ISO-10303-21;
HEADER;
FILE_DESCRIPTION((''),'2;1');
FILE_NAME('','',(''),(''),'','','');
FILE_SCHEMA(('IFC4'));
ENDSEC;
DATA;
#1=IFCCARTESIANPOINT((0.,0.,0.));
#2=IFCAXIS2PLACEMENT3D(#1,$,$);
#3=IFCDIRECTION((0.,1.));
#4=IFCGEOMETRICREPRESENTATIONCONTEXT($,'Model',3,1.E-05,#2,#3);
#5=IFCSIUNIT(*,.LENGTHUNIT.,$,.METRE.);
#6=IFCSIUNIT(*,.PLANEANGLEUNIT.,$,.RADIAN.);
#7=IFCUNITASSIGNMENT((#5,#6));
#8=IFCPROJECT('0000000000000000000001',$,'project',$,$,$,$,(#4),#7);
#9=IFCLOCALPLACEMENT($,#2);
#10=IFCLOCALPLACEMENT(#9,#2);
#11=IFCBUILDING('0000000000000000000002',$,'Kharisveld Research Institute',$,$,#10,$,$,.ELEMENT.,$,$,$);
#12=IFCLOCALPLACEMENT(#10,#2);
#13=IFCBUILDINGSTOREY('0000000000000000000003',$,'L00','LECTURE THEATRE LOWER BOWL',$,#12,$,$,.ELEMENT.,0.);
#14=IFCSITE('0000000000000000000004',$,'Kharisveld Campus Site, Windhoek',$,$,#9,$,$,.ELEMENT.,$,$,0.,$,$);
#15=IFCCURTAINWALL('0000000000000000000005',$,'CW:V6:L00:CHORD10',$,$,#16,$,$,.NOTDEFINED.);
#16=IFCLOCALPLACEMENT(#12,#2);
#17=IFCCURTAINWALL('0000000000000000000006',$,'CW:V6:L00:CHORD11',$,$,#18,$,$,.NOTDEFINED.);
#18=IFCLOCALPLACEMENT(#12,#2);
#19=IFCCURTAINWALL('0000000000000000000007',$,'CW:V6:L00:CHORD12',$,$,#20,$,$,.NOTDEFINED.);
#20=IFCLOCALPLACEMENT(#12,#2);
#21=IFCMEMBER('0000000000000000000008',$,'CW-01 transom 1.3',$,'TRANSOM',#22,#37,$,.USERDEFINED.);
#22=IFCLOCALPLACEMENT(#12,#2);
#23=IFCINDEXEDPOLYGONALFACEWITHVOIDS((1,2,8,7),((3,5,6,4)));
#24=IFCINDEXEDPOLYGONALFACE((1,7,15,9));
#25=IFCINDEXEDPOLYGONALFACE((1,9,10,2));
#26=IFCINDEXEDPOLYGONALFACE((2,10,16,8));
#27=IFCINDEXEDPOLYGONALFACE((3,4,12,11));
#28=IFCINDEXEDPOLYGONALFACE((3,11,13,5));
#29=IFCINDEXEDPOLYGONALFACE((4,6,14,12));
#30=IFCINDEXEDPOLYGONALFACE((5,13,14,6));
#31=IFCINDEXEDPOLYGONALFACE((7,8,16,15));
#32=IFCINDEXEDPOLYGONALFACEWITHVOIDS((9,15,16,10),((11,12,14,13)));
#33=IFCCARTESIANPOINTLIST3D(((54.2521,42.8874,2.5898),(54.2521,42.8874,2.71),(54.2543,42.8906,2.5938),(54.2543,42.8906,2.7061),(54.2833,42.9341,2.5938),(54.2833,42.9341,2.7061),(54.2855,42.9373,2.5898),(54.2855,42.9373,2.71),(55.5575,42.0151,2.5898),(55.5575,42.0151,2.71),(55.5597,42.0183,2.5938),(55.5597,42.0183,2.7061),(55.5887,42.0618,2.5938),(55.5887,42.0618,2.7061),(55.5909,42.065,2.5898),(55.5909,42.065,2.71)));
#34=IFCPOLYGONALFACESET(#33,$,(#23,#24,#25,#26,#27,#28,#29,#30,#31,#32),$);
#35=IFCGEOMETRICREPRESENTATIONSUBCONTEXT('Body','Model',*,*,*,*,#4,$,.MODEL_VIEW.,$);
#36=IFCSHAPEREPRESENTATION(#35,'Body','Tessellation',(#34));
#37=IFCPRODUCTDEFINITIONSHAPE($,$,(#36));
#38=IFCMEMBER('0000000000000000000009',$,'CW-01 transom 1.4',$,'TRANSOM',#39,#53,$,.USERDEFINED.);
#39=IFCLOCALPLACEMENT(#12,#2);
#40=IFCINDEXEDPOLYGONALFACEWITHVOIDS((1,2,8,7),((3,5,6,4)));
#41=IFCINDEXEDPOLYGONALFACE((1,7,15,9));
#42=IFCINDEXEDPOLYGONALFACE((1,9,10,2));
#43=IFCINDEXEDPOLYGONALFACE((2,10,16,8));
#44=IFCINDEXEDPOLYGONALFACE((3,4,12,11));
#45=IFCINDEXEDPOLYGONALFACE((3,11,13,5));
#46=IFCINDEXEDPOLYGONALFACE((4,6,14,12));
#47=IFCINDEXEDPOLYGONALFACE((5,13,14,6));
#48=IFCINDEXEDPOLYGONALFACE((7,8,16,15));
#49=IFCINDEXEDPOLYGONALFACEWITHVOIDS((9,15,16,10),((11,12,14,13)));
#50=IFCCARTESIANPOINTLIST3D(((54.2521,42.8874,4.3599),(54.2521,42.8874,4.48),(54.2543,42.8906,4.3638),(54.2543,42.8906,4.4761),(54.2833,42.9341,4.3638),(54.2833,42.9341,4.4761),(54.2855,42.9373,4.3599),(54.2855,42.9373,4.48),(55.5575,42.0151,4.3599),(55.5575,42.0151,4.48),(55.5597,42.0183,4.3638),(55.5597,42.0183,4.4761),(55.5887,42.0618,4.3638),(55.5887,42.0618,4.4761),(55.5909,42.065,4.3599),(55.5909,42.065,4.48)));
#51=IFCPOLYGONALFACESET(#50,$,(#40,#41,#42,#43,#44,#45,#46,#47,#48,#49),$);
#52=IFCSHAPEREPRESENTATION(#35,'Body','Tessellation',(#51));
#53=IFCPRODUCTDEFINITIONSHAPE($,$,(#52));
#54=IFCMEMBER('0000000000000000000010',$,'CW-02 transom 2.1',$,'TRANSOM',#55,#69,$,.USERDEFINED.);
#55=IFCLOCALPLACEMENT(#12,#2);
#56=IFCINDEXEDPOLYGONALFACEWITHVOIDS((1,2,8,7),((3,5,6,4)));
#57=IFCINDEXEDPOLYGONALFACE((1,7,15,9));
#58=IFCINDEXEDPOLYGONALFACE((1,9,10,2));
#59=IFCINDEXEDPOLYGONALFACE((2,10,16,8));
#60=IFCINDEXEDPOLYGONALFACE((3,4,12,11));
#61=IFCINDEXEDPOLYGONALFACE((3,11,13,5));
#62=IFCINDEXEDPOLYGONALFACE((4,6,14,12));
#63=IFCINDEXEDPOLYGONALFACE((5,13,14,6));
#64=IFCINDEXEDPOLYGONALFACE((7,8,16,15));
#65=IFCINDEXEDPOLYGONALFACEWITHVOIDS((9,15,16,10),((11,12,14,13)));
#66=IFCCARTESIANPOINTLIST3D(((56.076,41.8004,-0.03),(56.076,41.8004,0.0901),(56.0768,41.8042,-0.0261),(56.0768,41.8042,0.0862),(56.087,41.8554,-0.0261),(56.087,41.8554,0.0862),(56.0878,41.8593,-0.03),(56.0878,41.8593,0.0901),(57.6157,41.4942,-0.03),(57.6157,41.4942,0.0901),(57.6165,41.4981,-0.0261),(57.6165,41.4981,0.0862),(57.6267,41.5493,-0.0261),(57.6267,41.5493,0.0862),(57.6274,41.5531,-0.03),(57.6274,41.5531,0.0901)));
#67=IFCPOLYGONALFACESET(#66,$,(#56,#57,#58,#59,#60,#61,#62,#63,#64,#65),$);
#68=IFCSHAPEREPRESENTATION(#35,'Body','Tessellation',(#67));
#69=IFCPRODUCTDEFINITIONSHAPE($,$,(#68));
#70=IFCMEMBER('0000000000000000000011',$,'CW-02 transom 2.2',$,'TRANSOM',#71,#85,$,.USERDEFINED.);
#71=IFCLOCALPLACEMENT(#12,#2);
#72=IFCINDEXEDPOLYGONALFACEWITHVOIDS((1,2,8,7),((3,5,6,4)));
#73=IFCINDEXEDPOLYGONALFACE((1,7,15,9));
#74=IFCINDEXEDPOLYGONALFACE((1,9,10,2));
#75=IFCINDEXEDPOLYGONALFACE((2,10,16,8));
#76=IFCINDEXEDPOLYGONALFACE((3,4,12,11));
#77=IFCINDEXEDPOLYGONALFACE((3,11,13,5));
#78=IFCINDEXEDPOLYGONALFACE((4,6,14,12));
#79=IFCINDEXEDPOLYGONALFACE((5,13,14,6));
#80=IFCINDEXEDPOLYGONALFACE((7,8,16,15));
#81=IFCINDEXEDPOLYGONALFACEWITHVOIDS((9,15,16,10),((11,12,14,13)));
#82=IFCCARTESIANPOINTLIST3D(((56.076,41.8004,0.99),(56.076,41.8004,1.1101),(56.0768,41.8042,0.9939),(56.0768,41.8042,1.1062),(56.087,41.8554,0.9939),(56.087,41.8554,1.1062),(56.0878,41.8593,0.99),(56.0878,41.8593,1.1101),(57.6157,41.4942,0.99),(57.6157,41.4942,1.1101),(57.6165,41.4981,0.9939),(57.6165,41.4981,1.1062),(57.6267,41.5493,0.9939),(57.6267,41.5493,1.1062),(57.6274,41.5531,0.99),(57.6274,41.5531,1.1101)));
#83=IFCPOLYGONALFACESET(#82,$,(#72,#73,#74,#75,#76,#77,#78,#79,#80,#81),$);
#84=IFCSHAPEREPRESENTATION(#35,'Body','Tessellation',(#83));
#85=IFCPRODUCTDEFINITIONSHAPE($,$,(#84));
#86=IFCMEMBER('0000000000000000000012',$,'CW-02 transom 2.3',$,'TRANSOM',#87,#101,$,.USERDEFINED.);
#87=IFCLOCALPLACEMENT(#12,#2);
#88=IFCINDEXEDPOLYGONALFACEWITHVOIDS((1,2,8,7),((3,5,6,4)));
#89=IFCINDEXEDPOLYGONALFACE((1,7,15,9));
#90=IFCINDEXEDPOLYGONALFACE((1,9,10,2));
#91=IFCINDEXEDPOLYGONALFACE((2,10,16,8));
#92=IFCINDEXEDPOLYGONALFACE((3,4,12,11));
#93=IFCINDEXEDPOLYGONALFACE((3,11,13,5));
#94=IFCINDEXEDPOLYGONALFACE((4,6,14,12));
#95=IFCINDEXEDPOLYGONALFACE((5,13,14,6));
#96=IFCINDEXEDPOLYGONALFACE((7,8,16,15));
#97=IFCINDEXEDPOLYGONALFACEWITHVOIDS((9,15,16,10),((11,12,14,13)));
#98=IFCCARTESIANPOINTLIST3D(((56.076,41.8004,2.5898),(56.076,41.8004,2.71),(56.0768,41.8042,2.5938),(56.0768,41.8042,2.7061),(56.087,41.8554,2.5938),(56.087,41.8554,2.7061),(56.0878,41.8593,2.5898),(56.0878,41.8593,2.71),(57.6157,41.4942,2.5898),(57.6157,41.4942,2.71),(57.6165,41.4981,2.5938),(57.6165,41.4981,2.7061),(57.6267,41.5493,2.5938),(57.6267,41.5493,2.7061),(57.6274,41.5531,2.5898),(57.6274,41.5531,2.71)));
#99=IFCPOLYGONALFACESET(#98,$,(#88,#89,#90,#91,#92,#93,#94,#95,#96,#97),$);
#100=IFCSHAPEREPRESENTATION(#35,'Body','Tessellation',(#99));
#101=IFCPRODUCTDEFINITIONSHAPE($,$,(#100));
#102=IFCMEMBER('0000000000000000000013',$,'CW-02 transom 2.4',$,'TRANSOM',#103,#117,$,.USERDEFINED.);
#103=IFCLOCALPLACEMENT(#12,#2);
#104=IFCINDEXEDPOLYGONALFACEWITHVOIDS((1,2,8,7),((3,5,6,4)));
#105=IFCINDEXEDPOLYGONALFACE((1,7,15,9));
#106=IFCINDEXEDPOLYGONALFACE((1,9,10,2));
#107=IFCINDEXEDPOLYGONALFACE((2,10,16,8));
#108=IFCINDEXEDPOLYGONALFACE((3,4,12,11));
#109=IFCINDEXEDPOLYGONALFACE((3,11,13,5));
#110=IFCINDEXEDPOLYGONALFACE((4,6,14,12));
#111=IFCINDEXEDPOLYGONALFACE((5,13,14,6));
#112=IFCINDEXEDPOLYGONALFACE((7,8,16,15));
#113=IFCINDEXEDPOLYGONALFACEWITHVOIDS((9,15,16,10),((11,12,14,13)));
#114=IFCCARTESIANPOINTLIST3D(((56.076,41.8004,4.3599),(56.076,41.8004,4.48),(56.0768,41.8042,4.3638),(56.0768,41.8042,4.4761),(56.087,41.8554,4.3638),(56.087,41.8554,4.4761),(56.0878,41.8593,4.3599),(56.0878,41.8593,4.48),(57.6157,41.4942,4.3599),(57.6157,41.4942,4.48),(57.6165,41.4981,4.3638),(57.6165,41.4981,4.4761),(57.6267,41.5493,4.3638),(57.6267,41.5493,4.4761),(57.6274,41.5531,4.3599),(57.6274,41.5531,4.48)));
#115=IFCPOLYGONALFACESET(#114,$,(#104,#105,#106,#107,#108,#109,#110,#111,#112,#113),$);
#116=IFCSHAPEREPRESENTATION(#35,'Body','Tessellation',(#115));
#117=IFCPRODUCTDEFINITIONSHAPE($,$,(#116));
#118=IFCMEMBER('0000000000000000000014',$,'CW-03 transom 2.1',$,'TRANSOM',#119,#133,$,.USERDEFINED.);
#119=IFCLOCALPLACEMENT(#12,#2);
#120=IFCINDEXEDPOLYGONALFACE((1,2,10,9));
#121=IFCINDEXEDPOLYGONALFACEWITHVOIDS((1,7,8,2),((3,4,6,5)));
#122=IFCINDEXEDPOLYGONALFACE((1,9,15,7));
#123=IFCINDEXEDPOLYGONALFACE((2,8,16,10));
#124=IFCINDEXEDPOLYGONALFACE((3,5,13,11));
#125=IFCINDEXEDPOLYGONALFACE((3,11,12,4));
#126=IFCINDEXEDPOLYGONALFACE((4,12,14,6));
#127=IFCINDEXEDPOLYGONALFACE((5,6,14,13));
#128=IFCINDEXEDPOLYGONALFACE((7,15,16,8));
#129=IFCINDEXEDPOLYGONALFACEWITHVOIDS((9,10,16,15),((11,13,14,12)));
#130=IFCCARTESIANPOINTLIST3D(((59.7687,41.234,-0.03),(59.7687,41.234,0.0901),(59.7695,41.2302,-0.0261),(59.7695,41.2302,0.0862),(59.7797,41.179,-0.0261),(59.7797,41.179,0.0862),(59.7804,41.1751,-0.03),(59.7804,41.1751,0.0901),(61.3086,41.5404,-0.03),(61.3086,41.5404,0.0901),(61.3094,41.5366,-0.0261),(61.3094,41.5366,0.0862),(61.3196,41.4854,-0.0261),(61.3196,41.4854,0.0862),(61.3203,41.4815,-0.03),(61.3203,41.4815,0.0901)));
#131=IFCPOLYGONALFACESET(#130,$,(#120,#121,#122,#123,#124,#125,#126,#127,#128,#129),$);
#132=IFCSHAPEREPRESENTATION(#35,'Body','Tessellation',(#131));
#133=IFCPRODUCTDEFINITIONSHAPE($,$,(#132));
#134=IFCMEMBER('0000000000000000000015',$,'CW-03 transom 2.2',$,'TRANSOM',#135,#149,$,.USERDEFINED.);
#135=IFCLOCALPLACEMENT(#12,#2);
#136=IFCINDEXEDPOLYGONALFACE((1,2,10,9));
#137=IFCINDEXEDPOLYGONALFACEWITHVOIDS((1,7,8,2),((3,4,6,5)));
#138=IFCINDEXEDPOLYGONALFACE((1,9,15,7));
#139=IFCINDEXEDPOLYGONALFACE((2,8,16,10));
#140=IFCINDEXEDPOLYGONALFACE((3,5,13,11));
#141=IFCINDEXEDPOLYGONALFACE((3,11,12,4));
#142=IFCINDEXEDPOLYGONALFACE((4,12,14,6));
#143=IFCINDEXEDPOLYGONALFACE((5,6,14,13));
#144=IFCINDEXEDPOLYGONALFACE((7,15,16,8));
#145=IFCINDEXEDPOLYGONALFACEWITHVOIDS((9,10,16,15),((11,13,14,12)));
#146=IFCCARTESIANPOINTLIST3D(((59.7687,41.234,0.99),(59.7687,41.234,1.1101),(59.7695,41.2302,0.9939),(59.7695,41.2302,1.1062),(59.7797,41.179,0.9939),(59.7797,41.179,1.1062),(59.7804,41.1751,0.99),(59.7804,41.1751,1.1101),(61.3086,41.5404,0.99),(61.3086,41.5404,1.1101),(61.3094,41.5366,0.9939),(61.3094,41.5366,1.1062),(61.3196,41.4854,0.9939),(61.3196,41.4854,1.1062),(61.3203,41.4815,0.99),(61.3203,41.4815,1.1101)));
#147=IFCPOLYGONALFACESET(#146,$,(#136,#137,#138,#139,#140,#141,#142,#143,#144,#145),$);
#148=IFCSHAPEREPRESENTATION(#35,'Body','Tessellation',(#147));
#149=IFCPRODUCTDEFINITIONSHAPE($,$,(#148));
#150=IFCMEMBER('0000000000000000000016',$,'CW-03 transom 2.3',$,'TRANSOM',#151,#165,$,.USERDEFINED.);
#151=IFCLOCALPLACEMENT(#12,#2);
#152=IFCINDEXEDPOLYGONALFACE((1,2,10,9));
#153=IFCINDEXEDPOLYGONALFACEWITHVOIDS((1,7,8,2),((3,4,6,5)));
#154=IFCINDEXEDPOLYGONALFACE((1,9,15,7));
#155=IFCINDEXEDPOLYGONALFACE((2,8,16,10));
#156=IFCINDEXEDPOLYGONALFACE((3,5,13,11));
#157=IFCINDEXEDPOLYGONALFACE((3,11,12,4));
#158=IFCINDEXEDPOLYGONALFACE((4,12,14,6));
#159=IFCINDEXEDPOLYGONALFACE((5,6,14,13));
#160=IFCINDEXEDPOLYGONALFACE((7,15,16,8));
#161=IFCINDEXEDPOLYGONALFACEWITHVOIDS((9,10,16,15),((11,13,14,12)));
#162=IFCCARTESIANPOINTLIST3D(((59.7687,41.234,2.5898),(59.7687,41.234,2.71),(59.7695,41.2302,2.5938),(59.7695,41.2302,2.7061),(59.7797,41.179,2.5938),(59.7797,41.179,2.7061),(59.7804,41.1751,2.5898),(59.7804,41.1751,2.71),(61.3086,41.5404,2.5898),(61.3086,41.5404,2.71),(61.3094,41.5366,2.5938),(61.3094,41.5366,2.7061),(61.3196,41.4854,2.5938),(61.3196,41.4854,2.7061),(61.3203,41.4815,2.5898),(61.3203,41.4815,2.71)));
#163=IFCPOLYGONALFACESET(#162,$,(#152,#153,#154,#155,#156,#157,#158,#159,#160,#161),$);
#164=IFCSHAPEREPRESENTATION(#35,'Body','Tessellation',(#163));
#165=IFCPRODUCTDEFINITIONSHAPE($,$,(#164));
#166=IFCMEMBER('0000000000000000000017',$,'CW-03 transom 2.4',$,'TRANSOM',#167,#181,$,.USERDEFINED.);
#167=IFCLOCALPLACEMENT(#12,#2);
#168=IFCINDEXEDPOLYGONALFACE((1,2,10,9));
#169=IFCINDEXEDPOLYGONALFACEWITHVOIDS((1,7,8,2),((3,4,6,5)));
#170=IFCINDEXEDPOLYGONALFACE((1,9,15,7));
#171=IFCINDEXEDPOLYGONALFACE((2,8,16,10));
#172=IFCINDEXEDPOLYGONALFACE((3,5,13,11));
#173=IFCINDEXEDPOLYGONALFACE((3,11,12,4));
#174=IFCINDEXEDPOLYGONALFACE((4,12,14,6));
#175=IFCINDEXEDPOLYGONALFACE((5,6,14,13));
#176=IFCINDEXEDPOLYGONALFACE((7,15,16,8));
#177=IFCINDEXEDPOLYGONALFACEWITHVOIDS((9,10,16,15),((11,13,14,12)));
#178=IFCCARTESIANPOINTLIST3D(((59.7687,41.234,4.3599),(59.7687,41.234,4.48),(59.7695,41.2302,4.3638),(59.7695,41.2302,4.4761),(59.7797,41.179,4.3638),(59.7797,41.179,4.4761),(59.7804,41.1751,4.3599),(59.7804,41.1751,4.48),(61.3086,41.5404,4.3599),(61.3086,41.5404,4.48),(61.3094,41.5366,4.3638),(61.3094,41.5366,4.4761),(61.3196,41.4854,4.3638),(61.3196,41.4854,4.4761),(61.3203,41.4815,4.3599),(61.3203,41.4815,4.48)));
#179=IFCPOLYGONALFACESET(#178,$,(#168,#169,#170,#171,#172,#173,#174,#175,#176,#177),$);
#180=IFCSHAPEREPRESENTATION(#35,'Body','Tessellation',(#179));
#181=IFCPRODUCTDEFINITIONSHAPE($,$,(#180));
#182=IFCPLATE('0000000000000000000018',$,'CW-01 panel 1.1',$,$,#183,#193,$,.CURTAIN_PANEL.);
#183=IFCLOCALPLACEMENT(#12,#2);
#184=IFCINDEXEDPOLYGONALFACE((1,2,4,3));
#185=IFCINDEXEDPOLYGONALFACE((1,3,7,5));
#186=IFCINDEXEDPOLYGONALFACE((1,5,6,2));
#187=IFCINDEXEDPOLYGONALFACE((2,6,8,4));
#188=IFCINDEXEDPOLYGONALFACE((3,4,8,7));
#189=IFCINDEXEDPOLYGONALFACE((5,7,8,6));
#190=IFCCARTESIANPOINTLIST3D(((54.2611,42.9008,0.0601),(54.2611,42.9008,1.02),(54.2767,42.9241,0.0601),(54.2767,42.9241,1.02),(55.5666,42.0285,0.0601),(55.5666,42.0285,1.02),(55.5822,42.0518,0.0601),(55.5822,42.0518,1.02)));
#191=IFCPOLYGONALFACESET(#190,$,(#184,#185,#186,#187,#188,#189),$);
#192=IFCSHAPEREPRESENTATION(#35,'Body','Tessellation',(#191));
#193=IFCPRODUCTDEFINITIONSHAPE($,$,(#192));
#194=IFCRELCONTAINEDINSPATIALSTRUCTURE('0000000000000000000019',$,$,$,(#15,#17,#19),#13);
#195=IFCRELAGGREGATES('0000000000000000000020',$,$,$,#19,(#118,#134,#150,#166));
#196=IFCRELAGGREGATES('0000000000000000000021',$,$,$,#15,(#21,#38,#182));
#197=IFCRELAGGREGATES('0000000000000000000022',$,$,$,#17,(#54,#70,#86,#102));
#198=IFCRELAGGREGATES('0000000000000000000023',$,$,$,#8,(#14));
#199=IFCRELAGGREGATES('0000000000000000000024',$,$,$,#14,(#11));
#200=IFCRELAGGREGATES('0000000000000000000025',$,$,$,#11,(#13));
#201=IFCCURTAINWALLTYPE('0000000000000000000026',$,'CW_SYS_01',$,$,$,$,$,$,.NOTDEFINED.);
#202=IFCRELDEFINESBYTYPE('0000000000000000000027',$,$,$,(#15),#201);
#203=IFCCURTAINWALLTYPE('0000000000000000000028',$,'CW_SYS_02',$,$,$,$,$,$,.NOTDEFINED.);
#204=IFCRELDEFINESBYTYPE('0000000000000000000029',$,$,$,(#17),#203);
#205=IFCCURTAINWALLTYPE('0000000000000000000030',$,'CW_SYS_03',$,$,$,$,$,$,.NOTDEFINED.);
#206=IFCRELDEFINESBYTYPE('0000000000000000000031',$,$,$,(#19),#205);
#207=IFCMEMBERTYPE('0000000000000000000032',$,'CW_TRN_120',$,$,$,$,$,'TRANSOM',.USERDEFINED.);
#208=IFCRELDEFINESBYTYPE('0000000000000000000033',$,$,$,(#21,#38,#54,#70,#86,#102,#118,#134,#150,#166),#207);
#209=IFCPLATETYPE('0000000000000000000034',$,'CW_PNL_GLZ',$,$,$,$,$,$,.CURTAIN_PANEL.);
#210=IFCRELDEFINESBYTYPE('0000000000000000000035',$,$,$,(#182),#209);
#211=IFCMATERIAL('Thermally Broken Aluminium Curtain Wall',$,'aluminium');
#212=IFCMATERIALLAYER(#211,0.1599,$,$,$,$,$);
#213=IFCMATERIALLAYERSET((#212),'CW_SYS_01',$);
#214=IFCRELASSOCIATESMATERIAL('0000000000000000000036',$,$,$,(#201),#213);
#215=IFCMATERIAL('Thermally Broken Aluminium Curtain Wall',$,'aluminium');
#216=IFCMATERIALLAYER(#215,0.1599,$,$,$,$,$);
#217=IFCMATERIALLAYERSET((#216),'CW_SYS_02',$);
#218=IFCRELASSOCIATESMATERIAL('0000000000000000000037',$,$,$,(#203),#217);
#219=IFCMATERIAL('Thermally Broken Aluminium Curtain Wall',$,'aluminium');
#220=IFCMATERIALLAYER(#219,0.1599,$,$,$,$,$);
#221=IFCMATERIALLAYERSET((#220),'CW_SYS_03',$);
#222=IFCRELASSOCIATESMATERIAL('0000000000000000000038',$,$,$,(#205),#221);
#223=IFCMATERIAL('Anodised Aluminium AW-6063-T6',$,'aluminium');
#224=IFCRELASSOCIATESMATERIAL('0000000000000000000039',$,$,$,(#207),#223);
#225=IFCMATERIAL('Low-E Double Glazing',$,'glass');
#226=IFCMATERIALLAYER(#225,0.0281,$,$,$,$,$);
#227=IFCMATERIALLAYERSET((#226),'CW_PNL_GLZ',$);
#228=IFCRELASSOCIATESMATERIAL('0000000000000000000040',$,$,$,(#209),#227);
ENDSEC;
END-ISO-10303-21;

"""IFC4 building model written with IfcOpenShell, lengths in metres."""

from ifc_helpers import new_model, si_unit, direction, frame, origin, origin_2d, place, context, subcontext, project, spatial, rectangle, hollow_rectangle, extrude, material, layer, layer_set, material_profile, profile_set, type_object, element, aggregate, save


model = new_model("IFC4")

# Units and contexts
model_context = context("Model", 3, precision=1e-05, world=origin(), true_north=direction((0.0, 1.0)))
body_context = subcontext(model_context, "Body", "Model", "MODEL_VIEW")
ifc_project = project(units=[si_unit("LENGTHUNIT", "METRE"), si_unit("PLANEANGLEUNIT", "RADIAN")], contexts=[model_context])

# Site, building, storey
site_placement = place(None, origin())
site = spatial("IfcSite", under=ifc_project, at=site_placement, Name="Kharisveld Campus Site, Windhoek", CompositionType="ELEMENT", RefElevation=0.0)
building_placement = place(site_placement, origin())
building = spatial("IfcBuilding", under=site, at=building_placement, Name="Kharisveld Research Institute", CompositionType="ELEMENT")
storey_placement = place(building_placement, origin())
storey = spatial("IfcBuildingStorey", under=building, at=storey_placement, Name="L00", Description="LECTURE THEATRE LOWER BOWL", CompositionType="ELEMENT", Elevation=0.0)

# Curtain wall
ifc_material_1 = material(Name="Thermally Broken Aluminium Curtain Wall", Category="aluminium")
ifc_layer_1 = layer(ifc_material_1, 0.1599)
ifc_layer_set_1 = layer_set([ifc_layer_1], Name="CW_SYS_01")
curtain_wall_type_1 = type_object("IfcCurtainWallType", Name="CW_SYS_01", PredefinedType="NOTDEFINED", material=ifc_layer_set_1)
curtain_wall_1_placement = place(storey_placement, origin())
curtain_wall_1 = element("IfcCurtainWall", 1, at=curtain_wall_1_placement, inside=storey, type_object=curtain_wall_type_1, Name="CW:V6:L00:CHORD10", PredefinedType="NOTDEFINED")

# Curtain wall
ifc_material_2 = material(Name="Thermally Broken Aluminium Curtain Wall", Category="aluminium")
ifc_layer_2 = layer(ifc_material_2, 0.1599)
ifc_layer_set_2 = layer_set([ifc_layer_2], Name="CW_SYS_02")
curtain_wall_type_2 = type_object("IfcCurtainWallType", Name="CW_SYS_02", PredefinedType="NOTDEFINED", material=ifc_layer_set_2)
curtain_wall_2_placement = place(storey_placement, origin())
curtain_wall_2 = element("IfcCurtainWall", 2, at=curtain_wall_2_placement, inside=storey, type_object=curtain_wall_type_2, Name="CW:V6:L00:CHORD11", PredefinedType="NOTDEFINED")

# Curtain wall
ifc_material_3 = material(Name="Thermally Broken Aluminium Curtain Wall", Category="aluminium")
ifc_layer_3 = layer(ifc_material_3, 0.1599)
ifc_layer_set_3 = layer_set([ifc_layer_3], Name="CW_SYS_03")
curtain_wall_type_3 = type_object("IfcCurtainWallType", Name="CW_SYS_03", PredefinedType="NOTDEFINED", material=ifc_layer_set_3)
curtain_wall_3_placement = place(storey_placement, origin())
curtain_wall_3 = element("IfcCurtainWall", 3, at=curtain_wall_3_placement, inside=storey, type_object=curtain_wall_type_3, Name="CW:V6:L00:CHORD12", PredefinedType="NOTDEFINED")

# Members
ifc_material_4 = material(Name="Anodised Aluminium AW-6063-T6", Category="aluminium")
ifc_material_profile_1 = material_profile(ifc_material_4, hollow_rectangle(XDim=0.0601, YDim=0.1201, WallThickness=0.0039, at=origin_2d()))
ifc_profile_set_1 = profile_set([ifc_material_profile_1], Name="Anodised Aluminium AW-6063-T6")
member_type_1 = type_object("IfcMemberType", Name="CW_TRN_120", ElementType="TRANSOM", PredefinedType="USERDEFINED", material=ifc_profile_set_1)
member_1_placement = place(storey_placement, frame((55.5742, 42.04, 2.6499), z_axis=(-0.831452, 0.555597, 0.0), x_axis=(-0.555597, -0.831452, 0.0)))
member_1 = element("IfcMember", 4, at=member_1_placement, type_object=member_type_1, Name="CW-01 transom 1.3", ObjectType="TRANSOM", PredefinedType="USERDEFINED", context=body_context, shape_type="SweptSolid", body=[
    extrude(hollow_rectangle(XDim=0.0601, YDim=0.1201, WallThickness=0.0039, at=origin_2d()), origin(), (0.0, 0.0, 1.0), 1.5701),
])
member_2_placement = place(storey_placement, frame((55.5742, 42.04, 4.4199), z_axis=(-0.831452, 0.555597, 0.0), x_axis=(-0.555597, -0.831452, 0.0)))
member_2 = element("IfcMember", 5, at=member_2_placement, type_object=member_type_1, Name="CW-01 transom 1.4", ObjectType="TRANSOM", PredefinedType="USERDEFINED", context=body_context, shape_type="SweptSolid", body=[
    extrude(hollow_rectangle(XDim=0.0601, YDim=0.1201, WallThickness=0.0039, at=origin_2d()), origin(), (0.0, 0.0, 1.0), 1.5701),
])
member_3_placement = place(storey_placement, frame((57.6216, 41.5237, 0.03), z_axis=(-0.980801, 0.195009, 0.0), x_axis=(-0.195009, -0.980801, 0.0)))
member_3 = element("IfcMember", 6, at=member_3_placement, type_object=member_type_1, Name="CW-02 transom 2.1", ObjectType="TRANSOM", PredefinedType="USERDEFINED", context=body_context, shape_type="SweptSolid", body=[
    extrude(hollow_rectangle(XDim=0.0601, YDim=0.1201, WallThickness=0.0039, at=origin_2d()), origin(), (0.0, 0.0, 1.0), 1.5698),
])
member_4_placement = place(storey_placement, frame((57.6216, 41.5237, 1.05), z_axis=(-0.980801, 0.195009, 0.0), x_axis=(-0.195009, -0.980801, 0.0)))
member_4 = element("IfcMember", 7, at=member_4_placement, type_object=member_type_1, Name="CW-02 transom 2.2", ObjectType="TRANSOM", PredefinedType="USERDEFINED", context=body_context, shape_type="SweptSolid", body=[
    extrude(hollow_rectangle(XDim=0.0601, YDim=0.1201, WallThickness=0.0039, at=origin_2d()), origin(), (0.0, 0.0, 1.0), 1.5698),
])
member_5_placement = place(storey_placement, frame((57.6216, 41.5237, 2.6499), z_axis=(-0.980801, 0.195009, 0.0), x_axis=(-0.195009, -0.980801, 0.0)))
member_5 = element("IfcMember", 8, at=member_5_placement, type_object=member_type_1, Name="CW-02 transom 2.3", ObjectType="TRANSOM", PredefinedType="USERDEFINED", context=body_context, shape_type="SweptSolid", body=[
    extrude(hollow_rectangle(XDim=0.0601, YDim=0.1201, WallThickness=0.0039, at=origin_2d()), origin(), (0.0, 0.0, 1.0), 1.5698),
])
member_6_placement = place(storey_placement, frame((57.6216, 41.5237, 4.4199), z_axis=(-0.980801, 0.195009, 0.0), x_axis=(-0.195009, -0.980801, 0.0)))
member_6 = element("IfcMember", 9, at=member_6_placement, type_object=member_type_1, Name="CW-02 transom 2.4", ObjectType="TRANSOM", PredefinedType="USERDEFINED", context=body_context, shape_type="SweptSolid", body=[
    extrude(hollow_rectangle(XDim=0.0601, YDim=0.1201, WallThickness=0.0039, at=origin_2d()), origin(), (0.0, 0.0, 1.0), 1.5698),
])
member_7_placement = place(storey_placement, frame((61.3145, 41.511, 0.03), z_axis=(-0.980772, -0.195159, 0.0), x_axis=(0.195159, -0.980772, 0.0)))
member_7 = element("IfcMember", 10, at=member_7_placement, type_object=member_type_1, Name="CW-03 transom 2.1", ObjectType="TRANSOM", PredefinedType="USERDEFINED", context=body_context, shape_type="SweptSolid", body=[
    extrude(hollow_rectangle(XDim=0.0601, YDim=0.1201, WallThickness=0.0039, at=origin_2d()), origin(), (0.0, 0.0, 1.0), 1.5701),
])
member_8_placement = place(storey_placement, frame((61.3145, 41.511, 1.05), z_axis=(-0.980772, -0.195159, 0.0), x_axis=(0.195159, -0.980772, 0.0)))
member_8 = element("IfcMember", 11, at=member_8_placement, type_object=member_type_1, Name="CW-03 transom 2.2", ObjectType="TRANSOM", PredefinedType="USERDEFINED", context=body_context, shape_type="SweptSolid", body=[
    extrude(hollow_rectangle(XDim=0.0601, YDim=0.1201, WallThickness=0.0039, at=origin_2d()), origin(), (0.0, 0.0, 1.0), 1.5701),
])
member_9_placement = place(storey_placement, frame((61.3145, 41.511, 2.6499), z_axis=(-0.980772, -0.195159, 0.0), x_axis=(0.195159, -0.980772, 0.0)))
member_9 = element("IfcMember", 12, at=member_9_placement, type_object=member_type_1, Name="CW-03 transom 2.3", ObjectType="TRANSOM", PredefinedType="USERDEFINED", context=body_context, shape_type="SweptSolid", body=[
    extrude(hollow_rectangle(XDim=0.0601, YDim=0.1201, WallThickness=0.0039, at=origin_2d()), origin(), (0.0, 0.0, 1.0), 1.5701),
])
member_10_placement = place(storey_placement, frame((61.3145, 41.511, 4.4199), z_axis=(-0.980772, -0.195159, 0.0), x_axis=(0.195159, -0.980772, 0.0)))
member_10 = element("IfcMember", 13, at=member_10_placement, type_object=member_type_1, Name="CW-03 transom 2.4", ObjectType="TRANSOM", PredefinedType="USERDEFINED", context=body_context, shape_type="SweptSolid", body=[
    extrude(hollow_rectangle(XDim=0.0601, YDim=0.1201, WallThickness=0.0039, at=origin_2d()), origin(), (0.0, 0.0, 1.0), 1.5701),
])
aggregate(curtain_wall_3, [member_7, member_8, member_9, member_10])

# Plate
ifc_material_5 = material(Name="Low-E Double Glazing", Category="glass")
ifc_layer_4 = layer(ifc_material_5, 0.0281)
ifc_layer_set_4 = layer_set([ifc_layer_4], Name="CW_PNL_GLZ")
plate_type = type_object("IfcPlateType", Name="CW_PNL_GLZ", PredefinedType="CURTAIN_PANEL", material=ifc_layer_set_4)
plate_1_placement = place(storey_placement, frame((54.9216, 42.4763, 0.0601), z_axis=(0.0, 0.0, 1.0), x_axis=(-0.83147, 0.55557, 0.0)))
plate_1 = element("IfcPlate", 14, at=plate_1_placement, type_object=plate_type, Name="CW-01 panel 1.1", PredefinedType="CURTAIN_PANEL", context=body_context, shape_type="SweptSolid", body=[
    extrude(rectangle(XDim=1.5701, YDim=0.0281, at=origin_2d()), origin(), (0.0, 0.0, 1.0), 0.96),
])
aggregate(curtain_wall_1, [member_1, member_2, plate_1])
aggregate(curtain_wall_2, [member_3, member_4, member_5, member_6])

save(model, "model.ifc")
